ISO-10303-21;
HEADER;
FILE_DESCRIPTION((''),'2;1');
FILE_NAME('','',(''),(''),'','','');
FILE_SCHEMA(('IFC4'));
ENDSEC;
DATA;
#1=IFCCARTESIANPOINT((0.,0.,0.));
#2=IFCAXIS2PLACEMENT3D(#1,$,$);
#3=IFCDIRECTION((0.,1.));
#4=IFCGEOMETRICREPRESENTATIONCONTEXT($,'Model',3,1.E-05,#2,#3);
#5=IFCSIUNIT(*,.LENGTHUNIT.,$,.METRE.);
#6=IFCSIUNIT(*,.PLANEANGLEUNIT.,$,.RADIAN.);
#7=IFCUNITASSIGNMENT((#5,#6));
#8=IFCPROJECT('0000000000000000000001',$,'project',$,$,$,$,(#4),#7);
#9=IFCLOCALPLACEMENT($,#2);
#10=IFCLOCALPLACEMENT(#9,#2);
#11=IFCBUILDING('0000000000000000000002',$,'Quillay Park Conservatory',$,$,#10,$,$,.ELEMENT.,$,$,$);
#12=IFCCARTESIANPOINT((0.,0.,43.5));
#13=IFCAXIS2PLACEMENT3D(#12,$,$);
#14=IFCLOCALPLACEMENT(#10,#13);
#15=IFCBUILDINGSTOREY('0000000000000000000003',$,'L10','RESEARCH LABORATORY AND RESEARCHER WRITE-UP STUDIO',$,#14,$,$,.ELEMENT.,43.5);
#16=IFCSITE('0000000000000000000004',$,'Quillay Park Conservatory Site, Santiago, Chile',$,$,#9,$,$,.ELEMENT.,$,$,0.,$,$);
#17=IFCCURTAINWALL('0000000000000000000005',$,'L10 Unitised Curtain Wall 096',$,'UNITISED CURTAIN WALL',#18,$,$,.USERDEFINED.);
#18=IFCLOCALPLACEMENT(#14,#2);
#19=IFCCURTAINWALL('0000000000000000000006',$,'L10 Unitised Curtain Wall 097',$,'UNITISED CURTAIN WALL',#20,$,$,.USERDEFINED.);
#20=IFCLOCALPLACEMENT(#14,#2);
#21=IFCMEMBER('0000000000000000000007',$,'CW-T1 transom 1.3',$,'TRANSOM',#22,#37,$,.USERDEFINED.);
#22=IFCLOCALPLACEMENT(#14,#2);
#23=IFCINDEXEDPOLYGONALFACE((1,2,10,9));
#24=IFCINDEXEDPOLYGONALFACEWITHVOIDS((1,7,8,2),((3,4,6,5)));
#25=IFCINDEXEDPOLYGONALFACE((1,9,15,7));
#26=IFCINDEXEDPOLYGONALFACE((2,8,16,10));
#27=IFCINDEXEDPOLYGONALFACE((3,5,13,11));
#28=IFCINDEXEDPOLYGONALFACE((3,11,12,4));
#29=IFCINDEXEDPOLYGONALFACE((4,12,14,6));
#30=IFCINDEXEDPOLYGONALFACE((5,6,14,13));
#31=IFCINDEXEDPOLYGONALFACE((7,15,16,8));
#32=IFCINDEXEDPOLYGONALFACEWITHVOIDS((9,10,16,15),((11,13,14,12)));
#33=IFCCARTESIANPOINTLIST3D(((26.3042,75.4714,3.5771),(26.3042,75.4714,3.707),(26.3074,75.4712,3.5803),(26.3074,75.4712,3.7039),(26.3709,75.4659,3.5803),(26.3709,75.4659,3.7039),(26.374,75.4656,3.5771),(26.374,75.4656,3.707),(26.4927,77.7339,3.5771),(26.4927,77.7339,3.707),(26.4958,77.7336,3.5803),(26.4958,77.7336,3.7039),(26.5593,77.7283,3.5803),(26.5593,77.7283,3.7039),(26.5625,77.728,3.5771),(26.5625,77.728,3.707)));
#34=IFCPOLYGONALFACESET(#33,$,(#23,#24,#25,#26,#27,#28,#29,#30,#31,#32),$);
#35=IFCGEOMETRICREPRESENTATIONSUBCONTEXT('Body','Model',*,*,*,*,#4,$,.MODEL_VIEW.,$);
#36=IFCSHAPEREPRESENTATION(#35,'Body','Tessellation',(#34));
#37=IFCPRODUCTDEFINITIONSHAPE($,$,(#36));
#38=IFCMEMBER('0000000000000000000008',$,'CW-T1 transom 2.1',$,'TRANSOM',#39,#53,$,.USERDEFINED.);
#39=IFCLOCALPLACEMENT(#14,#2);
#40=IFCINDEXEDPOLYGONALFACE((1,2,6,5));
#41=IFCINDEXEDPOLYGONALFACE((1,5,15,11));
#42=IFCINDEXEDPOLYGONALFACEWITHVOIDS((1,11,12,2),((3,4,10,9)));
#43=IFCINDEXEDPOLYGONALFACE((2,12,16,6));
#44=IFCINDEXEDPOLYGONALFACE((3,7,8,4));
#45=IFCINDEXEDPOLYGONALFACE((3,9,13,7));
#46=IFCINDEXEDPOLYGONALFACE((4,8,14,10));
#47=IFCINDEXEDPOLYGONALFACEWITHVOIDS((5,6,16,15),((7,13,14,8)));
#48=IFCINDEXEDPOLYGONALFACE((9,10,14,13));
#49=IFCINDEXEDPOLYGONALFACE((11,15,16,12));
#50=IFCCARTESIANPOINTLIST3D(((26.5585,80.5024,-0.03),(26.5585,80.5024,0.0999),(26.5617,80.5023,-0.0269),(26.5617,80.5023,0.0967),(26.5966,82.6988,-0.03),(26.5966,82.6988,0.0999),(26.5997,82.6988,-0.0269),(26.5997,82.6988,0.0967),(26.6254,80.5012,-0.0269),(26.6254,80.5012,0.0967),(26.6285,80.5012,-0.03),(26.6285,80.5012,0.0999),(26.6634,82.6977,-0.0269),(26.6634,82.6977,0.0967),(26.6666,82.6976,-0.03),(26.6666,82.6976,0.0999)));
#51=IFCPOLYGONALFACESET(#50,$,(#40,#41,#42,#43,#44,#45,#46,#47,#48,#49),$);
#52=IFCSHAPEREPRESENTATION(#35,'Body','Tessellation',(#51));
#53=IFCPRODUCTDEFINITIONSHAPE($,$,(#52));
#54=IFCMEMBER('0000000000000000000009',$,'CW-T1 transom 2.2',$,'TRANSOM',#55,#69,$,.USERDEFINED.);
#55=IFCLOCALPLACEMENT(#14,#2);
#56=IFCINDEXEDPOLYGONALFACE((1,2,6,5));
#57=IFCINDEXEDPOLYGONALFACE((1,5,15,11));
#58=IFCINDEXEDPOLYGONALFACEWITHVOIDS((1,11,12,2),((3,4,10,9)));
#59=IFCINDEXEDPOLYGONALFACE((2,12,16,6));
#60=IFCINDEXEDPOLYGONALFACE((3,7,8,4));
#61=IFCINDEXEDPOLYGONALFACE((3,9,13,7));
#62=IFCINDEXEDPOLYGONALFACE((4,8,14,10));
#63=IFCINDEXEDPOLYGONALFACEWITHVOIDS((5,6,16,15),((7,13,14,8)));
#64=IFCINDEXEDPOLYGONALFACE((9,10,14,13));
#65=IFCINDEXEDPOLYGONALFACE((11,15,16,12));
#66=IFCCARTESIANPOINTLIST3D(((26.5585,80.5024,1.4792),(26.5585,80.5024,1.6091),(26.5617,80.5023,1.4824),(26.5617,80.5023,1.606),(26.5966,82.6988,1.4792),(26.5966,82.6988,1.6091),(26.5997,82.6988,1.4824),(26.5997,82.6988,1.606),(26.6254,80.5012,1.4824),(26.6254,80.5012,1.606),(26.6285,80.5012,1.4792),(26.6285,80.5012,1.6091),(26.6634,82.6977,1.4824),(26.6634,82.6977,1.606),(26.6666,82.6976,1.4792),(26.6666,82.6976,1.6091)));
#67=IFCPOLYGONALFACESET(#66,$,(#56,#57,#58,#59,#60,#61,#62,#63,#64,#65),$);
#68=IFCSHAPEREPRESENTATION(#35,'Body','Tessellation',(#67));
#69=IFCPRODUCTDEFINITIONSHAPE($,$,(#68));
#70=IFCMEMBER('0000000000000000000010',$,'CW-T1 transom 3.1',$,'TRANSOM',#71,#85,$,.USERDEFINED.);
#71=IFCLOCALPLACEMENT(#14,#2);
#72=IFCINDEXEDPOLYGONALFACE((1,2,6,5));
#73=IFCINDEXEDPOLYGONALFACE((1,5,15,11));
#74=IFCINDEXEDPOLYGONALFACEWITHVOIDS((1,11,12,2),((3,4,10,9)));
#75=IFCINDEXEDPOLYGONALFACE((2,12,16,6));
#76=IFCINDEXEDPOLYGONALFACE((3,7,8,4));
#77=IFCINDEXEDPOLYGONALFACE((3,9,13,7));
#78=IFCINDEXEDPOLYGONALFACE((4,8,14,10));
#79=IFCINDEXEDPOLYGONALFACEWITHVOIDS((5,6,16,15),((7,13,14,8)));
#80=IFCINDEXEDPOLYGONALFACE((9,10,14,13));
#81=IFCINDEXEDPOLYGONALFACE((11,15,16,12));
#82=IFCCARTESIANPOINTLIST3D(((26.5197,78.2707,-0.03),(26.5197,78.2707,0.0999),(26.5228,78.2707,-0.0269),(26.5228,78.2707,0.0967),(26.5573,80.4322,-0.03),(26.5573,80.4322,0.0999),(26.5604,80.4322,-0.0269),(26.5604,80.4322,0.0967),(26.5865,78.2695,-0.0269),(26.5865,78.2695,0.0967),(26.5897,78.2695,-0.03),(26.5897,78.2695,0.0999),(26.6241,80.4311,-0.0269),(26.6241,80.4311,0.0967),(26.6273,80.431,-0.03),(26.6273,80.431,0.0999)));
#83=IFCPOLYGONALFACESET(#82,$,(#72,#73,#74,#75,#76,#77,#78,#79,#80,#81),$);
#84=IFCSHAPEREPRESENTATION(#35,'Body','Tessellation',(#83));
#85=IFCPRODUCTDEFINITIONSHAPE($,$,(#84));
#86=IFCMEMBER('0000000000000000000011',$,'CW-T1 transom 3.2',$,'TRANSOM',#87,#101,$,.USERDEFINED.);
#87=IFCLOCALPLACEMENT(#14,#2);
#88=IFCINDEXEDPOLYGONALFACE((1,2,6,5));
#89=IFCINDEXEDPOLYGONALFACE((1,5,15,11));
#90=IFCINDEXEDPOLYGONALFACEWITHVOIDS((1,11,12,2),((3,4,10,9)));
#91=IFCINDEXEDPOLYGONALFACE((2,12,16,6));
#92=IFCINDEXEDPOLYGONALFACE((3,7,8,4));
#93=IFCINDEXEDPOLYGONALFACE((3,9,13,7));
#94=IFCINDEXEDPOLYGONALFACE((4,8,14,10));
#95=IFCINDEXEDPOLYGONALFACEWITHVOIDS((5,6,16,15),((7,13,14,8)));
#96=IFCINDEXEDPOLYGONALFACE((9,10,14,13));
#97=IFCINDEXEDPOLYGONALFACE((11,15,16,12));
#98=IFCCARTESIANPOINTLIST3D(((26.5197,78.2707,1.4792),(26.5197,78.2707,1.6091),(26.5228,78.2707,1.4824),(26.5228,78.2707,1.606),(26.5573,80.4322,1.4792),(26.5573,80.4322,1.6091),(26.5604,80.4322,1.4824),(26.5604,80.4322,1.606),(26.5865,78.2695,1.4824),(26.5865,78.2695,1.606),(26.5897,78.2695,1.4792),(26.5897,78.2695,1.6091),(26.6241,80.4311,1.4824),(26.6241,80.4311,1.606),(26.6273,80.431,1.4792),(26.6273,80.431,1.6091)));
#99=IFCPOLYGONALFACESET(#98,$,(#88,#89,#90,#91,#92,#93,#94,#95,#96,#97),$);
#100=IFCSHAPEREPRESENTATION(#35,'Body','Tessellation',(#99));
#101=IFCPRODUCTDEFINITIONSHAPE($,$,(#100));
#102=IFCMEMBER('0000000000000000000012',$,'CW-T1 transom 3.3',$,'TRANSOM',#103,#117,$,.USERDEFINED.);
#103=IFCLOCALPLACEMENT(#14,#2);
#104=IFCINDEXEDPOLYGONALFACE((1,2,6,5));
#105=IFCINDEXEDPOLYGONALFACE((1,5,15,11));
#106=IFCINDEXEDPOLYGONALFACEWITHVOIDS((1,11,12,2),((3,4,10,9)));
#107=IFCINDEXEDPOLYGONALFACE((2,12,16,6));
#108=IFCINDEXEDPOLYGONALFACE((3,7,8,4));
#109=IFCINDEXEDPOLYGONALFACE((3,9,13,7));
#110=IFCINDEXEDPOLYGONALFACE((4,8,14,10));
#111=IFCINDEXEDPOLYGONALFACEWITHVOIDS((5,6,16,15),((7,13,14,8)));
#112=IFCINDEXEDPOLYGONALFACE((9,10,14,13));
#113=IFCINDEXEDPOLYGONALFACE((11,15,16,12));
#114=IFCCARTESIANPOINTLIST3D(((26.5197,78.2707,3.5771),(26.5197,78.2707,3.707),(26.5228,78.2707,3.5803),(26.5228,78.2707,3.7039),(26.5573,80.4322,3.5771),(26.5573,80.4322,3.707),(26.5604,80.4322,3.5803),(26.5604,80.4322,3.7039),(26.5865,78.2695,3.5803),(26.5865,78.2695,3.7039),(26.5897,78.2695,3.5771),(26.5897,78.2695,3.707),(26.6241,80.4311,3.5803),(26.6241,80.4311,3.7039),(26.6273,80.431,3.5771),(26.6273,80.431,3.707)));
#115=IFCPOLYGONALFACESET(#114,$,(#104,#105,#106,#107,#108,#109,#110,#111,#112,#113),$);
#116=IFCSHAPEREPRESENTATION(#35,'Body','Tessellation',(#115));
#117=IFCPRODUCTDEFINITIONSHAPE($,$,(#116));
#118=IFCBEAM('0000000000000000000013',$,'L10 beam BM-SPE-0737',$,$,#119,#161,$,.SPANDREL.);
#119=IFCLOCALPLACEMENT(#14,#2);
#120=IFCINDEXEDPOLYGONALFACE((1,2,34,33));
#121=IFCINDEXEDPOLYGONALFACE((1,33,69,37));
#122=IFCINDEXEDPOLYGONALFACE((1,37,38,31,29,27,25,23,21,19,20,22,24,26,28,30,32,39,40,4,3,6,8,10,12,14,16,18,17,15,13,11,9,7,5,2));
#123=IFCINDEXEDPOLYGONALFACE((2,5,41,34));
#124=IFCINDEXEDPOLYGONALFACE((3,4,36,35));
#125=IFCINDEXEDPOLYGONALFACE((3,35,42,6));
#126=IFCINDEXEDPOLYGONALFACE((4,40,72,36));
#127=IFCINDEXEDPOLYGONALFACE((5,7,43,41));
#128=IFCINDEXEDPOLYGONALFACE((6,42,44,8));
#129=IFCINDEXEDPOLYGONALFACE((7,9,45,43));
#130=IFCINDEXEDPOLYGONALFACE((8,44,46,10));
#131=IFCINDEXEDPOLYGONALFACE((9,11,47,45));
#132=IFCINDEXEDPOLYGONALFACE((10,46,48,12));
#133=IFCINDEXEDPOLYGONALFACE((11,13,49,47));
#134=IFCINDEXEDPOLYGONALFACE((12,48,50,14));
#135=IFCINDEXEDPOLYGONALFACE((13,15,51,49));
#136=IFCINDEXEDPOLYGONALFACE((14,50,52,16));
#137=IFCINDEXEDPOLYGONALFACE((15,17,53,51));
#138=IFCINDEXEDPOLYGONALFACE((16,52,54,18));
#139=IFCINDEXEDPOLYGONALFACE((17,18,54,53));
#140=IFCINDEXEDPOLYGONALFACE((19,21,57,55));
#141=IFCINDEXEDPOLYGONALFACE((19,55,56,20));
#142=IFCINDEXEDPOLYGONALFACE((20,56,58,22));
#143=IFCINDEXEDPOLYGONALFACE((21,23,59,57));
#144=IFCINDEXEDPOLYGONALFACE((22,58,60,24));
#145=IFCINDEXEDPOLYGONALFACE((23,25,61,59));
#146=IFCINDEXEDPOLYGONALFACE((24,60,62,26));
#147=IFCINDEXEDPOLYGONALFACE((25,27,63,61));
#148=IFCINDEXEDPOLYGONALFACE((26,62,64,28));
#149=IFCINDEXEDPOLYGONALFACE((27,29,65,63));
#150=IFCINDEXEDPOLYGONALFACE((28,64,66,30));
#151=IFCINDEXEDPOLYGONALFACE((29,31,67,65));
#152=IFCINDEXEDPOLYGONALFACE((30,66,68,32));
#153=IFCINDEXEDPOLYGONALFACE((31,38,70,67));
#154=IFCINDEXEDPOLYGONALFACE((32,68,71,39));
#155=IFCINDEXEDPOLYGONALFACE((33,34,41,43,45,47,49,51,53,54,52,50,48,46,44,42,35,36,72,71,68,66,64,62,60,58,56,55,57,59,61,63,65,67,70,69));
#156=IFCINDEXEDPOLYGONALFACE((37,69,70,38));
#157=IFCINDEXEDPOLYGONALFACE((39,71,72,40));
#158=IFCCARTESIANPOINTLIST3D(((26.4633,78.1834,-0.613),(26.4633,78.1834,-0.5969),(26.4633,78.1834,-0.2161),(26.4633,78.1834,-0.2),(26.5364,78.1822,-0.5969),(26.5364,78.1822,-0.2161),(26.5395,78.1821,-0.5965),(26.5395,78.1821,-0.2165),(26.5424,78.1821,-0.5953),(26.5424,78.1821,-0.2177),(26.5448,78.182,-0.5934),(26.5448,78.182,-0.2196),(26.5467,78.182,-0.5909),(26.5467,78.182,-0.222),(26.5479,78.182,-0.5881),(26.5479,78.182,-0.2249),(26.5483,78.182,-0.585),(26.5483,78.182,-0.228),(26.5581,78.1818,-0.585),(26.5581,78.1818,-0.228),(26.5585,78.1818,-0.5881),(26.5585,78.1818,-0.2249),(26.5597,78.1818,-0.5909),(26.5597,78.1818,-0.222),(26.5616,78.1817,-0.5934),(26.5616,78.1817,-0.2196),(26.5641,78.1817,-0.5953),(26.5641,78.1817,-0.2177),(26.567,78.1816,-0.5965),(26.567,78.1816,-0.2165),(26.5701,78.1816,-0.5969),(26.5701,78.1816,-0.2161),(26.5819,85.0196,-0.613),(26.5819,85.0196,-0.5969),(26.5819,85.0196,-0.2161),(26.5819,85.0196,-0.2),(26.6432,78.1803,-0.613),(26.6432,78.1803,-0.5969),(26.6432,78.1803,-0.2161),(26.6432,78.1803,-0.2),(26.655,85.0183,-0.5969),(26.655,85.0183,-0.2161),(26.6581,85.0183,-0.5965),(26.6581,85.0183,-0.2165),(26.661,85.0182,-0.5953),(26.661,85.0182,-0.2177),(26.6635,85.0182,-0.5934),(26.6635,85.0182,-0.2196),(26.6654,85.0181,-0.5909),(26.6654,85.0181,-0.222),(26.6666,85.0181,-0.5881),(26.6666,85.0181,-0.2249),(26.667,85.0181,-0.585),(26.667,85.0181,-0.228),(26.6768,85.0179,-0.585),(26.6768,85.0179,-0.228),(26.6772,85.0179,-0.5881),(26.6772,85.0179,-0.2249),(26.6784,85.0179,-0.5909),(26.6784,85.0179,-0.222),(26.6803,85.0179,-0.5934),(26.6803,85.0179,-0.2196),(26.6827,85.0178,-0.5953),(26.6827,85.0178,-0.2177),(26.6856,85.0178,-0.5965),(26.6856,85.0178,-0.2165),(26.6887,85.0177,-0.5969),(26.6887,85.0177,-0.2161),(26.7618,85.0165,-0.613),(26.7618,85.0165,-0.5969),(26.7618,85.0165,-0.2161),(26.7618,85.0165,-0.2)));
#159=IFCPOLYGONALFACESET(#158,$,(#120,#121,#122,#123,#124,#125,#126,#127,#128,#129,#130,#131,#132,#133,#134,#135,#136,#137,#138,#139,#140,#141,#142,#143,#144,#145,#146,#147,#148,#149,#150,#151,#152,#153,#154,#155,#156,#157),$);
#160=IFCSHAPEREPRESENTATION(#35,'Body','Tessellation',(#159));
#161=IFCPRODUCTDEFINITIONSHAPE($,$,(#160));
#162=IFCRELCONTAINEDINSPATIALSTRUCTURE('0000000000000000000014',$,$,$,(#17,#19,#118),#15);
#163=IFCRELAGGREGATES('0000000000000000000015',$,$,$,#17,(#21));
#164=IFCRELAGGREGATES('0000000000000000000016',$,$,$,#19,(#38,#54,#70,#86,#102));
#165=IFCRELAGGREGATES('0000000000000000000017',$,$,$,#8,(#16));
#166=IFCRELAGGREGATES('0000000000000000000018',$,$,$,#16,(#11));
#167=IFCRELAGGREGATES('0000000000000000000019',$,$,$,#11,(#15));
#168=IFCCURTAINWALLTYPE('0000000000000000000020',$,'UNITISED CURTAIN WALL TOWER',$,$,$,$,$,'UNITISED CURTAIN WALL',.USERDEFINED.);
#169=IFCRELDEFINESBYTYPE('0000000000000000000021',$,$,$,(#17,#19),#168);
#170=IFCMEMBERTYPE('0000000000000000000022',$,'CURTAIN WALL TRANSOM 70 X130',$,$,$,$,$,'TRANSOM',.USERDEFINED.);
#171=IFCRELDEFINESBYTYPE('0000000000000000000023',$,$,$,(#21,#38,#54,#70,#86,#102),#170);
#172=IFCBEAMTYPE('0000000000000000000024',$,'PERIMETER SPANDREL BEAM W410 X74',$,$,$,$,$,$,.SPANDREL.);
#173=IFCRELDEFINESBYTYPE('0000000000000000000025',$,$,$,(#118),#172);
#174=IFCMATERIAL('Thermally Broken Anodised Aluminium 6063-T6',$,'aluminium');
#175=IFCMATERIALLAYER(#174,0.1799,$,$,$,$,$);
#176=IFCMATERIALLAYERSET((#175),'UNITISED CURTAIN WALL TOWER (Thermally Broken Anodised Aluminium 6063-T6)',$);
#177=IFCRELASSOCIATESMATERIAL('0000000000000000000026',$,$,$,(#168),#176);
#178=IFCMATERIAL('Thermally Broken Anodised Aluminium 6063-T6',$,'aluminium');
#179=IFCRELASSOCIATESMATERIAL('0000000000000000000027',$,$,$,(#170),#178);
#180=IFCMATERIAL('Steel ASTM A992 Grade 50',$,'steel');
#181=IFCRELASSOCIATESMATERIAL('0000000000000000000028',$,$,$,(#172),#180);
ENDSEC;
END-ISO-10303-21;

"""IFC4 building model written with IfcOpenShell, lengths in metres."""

from ifc_helpers import new_model, si_unit, direction, frame, origin, origin_2d, place, context, subcontext, project, spatial, hollow_rectangle, i_section, extrude, material, layer, layer_set, material_profile, profile_set, type_object, element, aggregate, save


model = new_model("IFC4")

# Units and contexts
model_context = context("Model", 3, precision=1e-05, world=origin(), true_north=direction((0.0, 1.0)))
body_context = subcontext(model_context, "Body", "Model", "MODEL_VIEW")
ifc_project = project(units=[si_unit("LENGTHUNIT", "METRE"), si_unit("PLANEANGLEUNIT", "RADIAN")], contexts=[model_context])

# Site, building, storey
site_placement = place(None, origin())
site = spatial("IfcSite", under=ifc_project, at=site_placement, Name="Quillay Park Conservatory Site, Santiago, Chile", CompositionType="ELEMENT", RefElevation=0.0)
building_placement = place(site_placement, origin())
building = spatial("IfcBuilding", under=site, at=building_placement, Name="Quillay Park Conservatory", CompositionType="ELEMENT")
storey_placement = place(building_placement, frame((0.0, 0.0, 43.5)))
storey = spatial("IfcBuildingStorey", under=building, at=storey_placement, Name="L10", Description="RESEARCH LABORATORY AND RESEARCHER WRITE-UP STUDIO", CompositionType="ELEMENT", Elevation=43.5)

# Curtain wall
ifc_material_1 = material(Name="Thermally Broken Anodised Aluminium 6063-T6", Category="aluminium")
ifc_layer_1 = layer(ifc_material_1, 0.1799)
ifc_layer_set_1 = layer_set([ifc_layer_1], Name="UNITISED CURTAIN WALL TOWER (Thermally Broken Anodised Aluminium 6063-T6)")
curtain_wall_type = type_object("IfcCurtainWallType", Name="UNITISED CURTAIN WALL TOWER", ElementType="UNITISED CURTAIN WALL", PredefinedType="USERDEFINED", material=ifc_layer_set_1)
curtain_wall_1_placement = place(storey_placement, origin())
curtain_wall_1 = element("IfcCurtainWall", 1, at=curtain_wall_1_placement, inside=storey, type_object=curtain_wall_type, Name="L10 Unitised Curtain Wall 096", ObjectType="UNITISED CURTAIN WALL", PredefinedType="USERDEFINED")

# Curtain wall
curtain_wall_2_placement = place(storey_placement, origin())
curtain_wall_2 = element("IfcCurtainWall", 2, at=curtain_wall_2_placement, inside=storey, type_object=curtain_wall_type, Name="L10 Unitised Curtain Wall 097", ObjectType="UNITISED CURTAIN WALL", PredefinedType="USERDEFINED")

# Members
ifc_material_2 = material(Name="Thermally Broken Anodised Aluminium 6063-T6", Category="aluminium")
ifc_material_profile_1 = material_profile(ifc_material_2, hollow_rectangle(XDim=0.0701, YDim=0.1299, WallThickness=0.0032, at=origin_2d()), Name="AL70x130x3.2")
ifc_profile_set_1 = profile_set([ifc_material_profile_1], Name="Thermally Broken Anodised Aluminium 6063-T6")
member_type_1 = type_object("IfcMemberType", Name="CURTAIN WALL TRANSOM 70 X130", ElementType="TRANSOM", PredefinedType="USERDEFINED", material=ifc_profile_set_1)
member_1_placement = place(storey_placement, frame((26.5276, 77.731, 3.6421), z_axis=(-0.083019, -0.996548, 0.0), x_axis=(0.996548, -0.083019, 0.0)))
member_1 = element("IfcMember", 3, at=member_1_placement, type_object=member_type_1, Name="CW-T1 transom 1.3", ObjectType="TRANSOM", PredefinedType="USERDEFINED", context=body_context, shape_type="SweptSolid", body=[
    extrude(hollow_rectangle(XDim=0.0701, YDim=0.1299, WallThickness=0.0032, at=origin_2d()), origin(), (0.0, 0.0, 1.0), 2.2703),
])
member_2_placement = place(storey_placement, frame((26.6316, 82.6982, 0.0349), z_axis=(-0.017337, -0.99985, 0.0), x_axis=(0.99985, -0.017337, 0.0)))
member_2 = element("IfcMember", 4, at=member_2_placement, type_object=member_type_1, Name="CW-T1 transom 2.1", ObjectType="TRANSOM", PredefinedType="USERDEFINED", context=body_context, shape_type="SweptSolid", body=[
    extrude(hollow_rectangle(XDim=0.0701, YDim=0.1299, WallThickness=0.0032, at=origin_2d()), origin(), (0.0, 0.0, 1.0), 2.1968),
])
member_3_placement = place(storey_placement, frame((26.6316, 82.6982, 1.5442), z_axis=(-0.017337, -0.99985, 0.0), x_axis=(0.99985, -0.017337, 0.0)))
member_3 = element("IfcMember", 5, at=member_3_placement, type_object=member_type_1, Name="CW-T1 transom 2.2", ObjectType="TRANSOM", PredefinedType="USERDEFINED", context=body_context, shape_type="SweptSolid", body=[
    extrude(hollow_rectangle(XDim=0.0701, YDim=0.1299, WallThickness=0.0032, at=origin_2d()), origin(), (0.0, 0.0, 1.0), 2.1968),
])
member_4_placement = place(storey_placement, frame((26.5923, 80.4316, 0.0349), z_axis=(-0.017391, -0.999849, 0.0), x_axis=(0.999849, -0.017391, 0.0)))
member_4 = element("IfcMember", 6, at=member_4_placement, type_object=member_type_1, Name="CW-T1 transom 3.1", ObjectType="TRANSOM", PredefinedType="USERDEFINED", context=body_context, shape_type="SweptSolid", body=[
    extrude(hollow_rectangle(XDim=0.0701, YDim=0.1299, WallThickness=0.0032, at=origin_2d()), origin(), (0.0, 0.0, 1.0), 2.1619),
])
member_5_placement = place(storey_placement, frame((26.5923, 80.4316, 1.5442), z_axis=(-0.017391, -0.999849, 0.0), x_axis=(0.999849, -0.017391, 0.0)))
member_5 = element("IfcMember", 7, at=member_5_placement, type_object=member_type_1, Name="CW-T1 transom 3.2", ObjectType="TRANSOM", PredefinedType="USERDEFINED", context=body_context, shape_type="SweptSolid", body=[
    extrude(hollow_rectangle(XDim=0.0701, YDim=0.1299, WallThickness=0.0032, at=origin_2d()), origin(), (0.0, 0.0, 1.0), 2.1619),
])
member_6_placement = place(storey_placement, frame((26.5923, 80.4316, 3.6421), z_axis=(-0.017391, -0.999849, 0.0), x_axis=(0.999849, -0.017391, 0.0)))
member_6 = element("IfcMember", 8, at=member_6_placement, type_object=member_type_1, Name="CW-T1 transom 3.3", ObjectType="TRANSOM", PredefinedType="USERDEFINED", context=body_context, shape_type="SweptSolid", body=[
    extrude(hollow_rectangle(XDim=0.0701, YDim=0.1299, WallThickness=0.0032, at=origin_2d()), origin(), (0.0, 0.0, 1.0), 2.1619),
])

# Beam
ifc_material_3 = material(Name="Steel ASTM A992 Grade 50", Category="steel")
ifc_material_profile_2 = material_profile(ifc_material_3, i_section(OverallWidth=0.1799, OverallDepth=0.4131, WebThickness=0.0098, FlangeThickness=0.0161, FilletRadius=0.012, at=origin_2d()), Name="W410x74")
ifc_profile_set_2 = profile_set([ifc_material_profile_2], Name="Steel ASTM A992 Grade 50")
beam_type_1 = type_object("IfcBeamType", Name="PERIMETER SPANDREL BEAM W410 X74", PredefinedType="SPANDREL", material=ifc_profile_set_2)
beam_1_placement = place(storey_placement, frame((26.5532, 78.1819, -0.4065), z_axis=(0.017354, 0.999849, 0.0), x_axis=(-0.999849, 0.017354, 0.0)))
element("IfcBeam", 9, at=beam_1_placement, inside=storey, type_object=beam_type_1, Name="L10 beam BM-SPE-0737", PredefinedType="SPANDREL", context=body_context, shape_type="SweptSolid", body=[
    extrude(i_section(OverallWidth=0.1799, OverallDepth=0.4131, WebThickness=0.0098, FlangeThickness=0.0161, FilletRadius=0.012, at=origin_2d()), origin(), (0.0, 0.0, 1.0), 6.8372),
])

aggregate(curtain_wall_1, [member_1])
aggregate(curtain_wall_2, [member_2, member_3, member_4, member_5, member_6])

save(model, "model.ifc")
